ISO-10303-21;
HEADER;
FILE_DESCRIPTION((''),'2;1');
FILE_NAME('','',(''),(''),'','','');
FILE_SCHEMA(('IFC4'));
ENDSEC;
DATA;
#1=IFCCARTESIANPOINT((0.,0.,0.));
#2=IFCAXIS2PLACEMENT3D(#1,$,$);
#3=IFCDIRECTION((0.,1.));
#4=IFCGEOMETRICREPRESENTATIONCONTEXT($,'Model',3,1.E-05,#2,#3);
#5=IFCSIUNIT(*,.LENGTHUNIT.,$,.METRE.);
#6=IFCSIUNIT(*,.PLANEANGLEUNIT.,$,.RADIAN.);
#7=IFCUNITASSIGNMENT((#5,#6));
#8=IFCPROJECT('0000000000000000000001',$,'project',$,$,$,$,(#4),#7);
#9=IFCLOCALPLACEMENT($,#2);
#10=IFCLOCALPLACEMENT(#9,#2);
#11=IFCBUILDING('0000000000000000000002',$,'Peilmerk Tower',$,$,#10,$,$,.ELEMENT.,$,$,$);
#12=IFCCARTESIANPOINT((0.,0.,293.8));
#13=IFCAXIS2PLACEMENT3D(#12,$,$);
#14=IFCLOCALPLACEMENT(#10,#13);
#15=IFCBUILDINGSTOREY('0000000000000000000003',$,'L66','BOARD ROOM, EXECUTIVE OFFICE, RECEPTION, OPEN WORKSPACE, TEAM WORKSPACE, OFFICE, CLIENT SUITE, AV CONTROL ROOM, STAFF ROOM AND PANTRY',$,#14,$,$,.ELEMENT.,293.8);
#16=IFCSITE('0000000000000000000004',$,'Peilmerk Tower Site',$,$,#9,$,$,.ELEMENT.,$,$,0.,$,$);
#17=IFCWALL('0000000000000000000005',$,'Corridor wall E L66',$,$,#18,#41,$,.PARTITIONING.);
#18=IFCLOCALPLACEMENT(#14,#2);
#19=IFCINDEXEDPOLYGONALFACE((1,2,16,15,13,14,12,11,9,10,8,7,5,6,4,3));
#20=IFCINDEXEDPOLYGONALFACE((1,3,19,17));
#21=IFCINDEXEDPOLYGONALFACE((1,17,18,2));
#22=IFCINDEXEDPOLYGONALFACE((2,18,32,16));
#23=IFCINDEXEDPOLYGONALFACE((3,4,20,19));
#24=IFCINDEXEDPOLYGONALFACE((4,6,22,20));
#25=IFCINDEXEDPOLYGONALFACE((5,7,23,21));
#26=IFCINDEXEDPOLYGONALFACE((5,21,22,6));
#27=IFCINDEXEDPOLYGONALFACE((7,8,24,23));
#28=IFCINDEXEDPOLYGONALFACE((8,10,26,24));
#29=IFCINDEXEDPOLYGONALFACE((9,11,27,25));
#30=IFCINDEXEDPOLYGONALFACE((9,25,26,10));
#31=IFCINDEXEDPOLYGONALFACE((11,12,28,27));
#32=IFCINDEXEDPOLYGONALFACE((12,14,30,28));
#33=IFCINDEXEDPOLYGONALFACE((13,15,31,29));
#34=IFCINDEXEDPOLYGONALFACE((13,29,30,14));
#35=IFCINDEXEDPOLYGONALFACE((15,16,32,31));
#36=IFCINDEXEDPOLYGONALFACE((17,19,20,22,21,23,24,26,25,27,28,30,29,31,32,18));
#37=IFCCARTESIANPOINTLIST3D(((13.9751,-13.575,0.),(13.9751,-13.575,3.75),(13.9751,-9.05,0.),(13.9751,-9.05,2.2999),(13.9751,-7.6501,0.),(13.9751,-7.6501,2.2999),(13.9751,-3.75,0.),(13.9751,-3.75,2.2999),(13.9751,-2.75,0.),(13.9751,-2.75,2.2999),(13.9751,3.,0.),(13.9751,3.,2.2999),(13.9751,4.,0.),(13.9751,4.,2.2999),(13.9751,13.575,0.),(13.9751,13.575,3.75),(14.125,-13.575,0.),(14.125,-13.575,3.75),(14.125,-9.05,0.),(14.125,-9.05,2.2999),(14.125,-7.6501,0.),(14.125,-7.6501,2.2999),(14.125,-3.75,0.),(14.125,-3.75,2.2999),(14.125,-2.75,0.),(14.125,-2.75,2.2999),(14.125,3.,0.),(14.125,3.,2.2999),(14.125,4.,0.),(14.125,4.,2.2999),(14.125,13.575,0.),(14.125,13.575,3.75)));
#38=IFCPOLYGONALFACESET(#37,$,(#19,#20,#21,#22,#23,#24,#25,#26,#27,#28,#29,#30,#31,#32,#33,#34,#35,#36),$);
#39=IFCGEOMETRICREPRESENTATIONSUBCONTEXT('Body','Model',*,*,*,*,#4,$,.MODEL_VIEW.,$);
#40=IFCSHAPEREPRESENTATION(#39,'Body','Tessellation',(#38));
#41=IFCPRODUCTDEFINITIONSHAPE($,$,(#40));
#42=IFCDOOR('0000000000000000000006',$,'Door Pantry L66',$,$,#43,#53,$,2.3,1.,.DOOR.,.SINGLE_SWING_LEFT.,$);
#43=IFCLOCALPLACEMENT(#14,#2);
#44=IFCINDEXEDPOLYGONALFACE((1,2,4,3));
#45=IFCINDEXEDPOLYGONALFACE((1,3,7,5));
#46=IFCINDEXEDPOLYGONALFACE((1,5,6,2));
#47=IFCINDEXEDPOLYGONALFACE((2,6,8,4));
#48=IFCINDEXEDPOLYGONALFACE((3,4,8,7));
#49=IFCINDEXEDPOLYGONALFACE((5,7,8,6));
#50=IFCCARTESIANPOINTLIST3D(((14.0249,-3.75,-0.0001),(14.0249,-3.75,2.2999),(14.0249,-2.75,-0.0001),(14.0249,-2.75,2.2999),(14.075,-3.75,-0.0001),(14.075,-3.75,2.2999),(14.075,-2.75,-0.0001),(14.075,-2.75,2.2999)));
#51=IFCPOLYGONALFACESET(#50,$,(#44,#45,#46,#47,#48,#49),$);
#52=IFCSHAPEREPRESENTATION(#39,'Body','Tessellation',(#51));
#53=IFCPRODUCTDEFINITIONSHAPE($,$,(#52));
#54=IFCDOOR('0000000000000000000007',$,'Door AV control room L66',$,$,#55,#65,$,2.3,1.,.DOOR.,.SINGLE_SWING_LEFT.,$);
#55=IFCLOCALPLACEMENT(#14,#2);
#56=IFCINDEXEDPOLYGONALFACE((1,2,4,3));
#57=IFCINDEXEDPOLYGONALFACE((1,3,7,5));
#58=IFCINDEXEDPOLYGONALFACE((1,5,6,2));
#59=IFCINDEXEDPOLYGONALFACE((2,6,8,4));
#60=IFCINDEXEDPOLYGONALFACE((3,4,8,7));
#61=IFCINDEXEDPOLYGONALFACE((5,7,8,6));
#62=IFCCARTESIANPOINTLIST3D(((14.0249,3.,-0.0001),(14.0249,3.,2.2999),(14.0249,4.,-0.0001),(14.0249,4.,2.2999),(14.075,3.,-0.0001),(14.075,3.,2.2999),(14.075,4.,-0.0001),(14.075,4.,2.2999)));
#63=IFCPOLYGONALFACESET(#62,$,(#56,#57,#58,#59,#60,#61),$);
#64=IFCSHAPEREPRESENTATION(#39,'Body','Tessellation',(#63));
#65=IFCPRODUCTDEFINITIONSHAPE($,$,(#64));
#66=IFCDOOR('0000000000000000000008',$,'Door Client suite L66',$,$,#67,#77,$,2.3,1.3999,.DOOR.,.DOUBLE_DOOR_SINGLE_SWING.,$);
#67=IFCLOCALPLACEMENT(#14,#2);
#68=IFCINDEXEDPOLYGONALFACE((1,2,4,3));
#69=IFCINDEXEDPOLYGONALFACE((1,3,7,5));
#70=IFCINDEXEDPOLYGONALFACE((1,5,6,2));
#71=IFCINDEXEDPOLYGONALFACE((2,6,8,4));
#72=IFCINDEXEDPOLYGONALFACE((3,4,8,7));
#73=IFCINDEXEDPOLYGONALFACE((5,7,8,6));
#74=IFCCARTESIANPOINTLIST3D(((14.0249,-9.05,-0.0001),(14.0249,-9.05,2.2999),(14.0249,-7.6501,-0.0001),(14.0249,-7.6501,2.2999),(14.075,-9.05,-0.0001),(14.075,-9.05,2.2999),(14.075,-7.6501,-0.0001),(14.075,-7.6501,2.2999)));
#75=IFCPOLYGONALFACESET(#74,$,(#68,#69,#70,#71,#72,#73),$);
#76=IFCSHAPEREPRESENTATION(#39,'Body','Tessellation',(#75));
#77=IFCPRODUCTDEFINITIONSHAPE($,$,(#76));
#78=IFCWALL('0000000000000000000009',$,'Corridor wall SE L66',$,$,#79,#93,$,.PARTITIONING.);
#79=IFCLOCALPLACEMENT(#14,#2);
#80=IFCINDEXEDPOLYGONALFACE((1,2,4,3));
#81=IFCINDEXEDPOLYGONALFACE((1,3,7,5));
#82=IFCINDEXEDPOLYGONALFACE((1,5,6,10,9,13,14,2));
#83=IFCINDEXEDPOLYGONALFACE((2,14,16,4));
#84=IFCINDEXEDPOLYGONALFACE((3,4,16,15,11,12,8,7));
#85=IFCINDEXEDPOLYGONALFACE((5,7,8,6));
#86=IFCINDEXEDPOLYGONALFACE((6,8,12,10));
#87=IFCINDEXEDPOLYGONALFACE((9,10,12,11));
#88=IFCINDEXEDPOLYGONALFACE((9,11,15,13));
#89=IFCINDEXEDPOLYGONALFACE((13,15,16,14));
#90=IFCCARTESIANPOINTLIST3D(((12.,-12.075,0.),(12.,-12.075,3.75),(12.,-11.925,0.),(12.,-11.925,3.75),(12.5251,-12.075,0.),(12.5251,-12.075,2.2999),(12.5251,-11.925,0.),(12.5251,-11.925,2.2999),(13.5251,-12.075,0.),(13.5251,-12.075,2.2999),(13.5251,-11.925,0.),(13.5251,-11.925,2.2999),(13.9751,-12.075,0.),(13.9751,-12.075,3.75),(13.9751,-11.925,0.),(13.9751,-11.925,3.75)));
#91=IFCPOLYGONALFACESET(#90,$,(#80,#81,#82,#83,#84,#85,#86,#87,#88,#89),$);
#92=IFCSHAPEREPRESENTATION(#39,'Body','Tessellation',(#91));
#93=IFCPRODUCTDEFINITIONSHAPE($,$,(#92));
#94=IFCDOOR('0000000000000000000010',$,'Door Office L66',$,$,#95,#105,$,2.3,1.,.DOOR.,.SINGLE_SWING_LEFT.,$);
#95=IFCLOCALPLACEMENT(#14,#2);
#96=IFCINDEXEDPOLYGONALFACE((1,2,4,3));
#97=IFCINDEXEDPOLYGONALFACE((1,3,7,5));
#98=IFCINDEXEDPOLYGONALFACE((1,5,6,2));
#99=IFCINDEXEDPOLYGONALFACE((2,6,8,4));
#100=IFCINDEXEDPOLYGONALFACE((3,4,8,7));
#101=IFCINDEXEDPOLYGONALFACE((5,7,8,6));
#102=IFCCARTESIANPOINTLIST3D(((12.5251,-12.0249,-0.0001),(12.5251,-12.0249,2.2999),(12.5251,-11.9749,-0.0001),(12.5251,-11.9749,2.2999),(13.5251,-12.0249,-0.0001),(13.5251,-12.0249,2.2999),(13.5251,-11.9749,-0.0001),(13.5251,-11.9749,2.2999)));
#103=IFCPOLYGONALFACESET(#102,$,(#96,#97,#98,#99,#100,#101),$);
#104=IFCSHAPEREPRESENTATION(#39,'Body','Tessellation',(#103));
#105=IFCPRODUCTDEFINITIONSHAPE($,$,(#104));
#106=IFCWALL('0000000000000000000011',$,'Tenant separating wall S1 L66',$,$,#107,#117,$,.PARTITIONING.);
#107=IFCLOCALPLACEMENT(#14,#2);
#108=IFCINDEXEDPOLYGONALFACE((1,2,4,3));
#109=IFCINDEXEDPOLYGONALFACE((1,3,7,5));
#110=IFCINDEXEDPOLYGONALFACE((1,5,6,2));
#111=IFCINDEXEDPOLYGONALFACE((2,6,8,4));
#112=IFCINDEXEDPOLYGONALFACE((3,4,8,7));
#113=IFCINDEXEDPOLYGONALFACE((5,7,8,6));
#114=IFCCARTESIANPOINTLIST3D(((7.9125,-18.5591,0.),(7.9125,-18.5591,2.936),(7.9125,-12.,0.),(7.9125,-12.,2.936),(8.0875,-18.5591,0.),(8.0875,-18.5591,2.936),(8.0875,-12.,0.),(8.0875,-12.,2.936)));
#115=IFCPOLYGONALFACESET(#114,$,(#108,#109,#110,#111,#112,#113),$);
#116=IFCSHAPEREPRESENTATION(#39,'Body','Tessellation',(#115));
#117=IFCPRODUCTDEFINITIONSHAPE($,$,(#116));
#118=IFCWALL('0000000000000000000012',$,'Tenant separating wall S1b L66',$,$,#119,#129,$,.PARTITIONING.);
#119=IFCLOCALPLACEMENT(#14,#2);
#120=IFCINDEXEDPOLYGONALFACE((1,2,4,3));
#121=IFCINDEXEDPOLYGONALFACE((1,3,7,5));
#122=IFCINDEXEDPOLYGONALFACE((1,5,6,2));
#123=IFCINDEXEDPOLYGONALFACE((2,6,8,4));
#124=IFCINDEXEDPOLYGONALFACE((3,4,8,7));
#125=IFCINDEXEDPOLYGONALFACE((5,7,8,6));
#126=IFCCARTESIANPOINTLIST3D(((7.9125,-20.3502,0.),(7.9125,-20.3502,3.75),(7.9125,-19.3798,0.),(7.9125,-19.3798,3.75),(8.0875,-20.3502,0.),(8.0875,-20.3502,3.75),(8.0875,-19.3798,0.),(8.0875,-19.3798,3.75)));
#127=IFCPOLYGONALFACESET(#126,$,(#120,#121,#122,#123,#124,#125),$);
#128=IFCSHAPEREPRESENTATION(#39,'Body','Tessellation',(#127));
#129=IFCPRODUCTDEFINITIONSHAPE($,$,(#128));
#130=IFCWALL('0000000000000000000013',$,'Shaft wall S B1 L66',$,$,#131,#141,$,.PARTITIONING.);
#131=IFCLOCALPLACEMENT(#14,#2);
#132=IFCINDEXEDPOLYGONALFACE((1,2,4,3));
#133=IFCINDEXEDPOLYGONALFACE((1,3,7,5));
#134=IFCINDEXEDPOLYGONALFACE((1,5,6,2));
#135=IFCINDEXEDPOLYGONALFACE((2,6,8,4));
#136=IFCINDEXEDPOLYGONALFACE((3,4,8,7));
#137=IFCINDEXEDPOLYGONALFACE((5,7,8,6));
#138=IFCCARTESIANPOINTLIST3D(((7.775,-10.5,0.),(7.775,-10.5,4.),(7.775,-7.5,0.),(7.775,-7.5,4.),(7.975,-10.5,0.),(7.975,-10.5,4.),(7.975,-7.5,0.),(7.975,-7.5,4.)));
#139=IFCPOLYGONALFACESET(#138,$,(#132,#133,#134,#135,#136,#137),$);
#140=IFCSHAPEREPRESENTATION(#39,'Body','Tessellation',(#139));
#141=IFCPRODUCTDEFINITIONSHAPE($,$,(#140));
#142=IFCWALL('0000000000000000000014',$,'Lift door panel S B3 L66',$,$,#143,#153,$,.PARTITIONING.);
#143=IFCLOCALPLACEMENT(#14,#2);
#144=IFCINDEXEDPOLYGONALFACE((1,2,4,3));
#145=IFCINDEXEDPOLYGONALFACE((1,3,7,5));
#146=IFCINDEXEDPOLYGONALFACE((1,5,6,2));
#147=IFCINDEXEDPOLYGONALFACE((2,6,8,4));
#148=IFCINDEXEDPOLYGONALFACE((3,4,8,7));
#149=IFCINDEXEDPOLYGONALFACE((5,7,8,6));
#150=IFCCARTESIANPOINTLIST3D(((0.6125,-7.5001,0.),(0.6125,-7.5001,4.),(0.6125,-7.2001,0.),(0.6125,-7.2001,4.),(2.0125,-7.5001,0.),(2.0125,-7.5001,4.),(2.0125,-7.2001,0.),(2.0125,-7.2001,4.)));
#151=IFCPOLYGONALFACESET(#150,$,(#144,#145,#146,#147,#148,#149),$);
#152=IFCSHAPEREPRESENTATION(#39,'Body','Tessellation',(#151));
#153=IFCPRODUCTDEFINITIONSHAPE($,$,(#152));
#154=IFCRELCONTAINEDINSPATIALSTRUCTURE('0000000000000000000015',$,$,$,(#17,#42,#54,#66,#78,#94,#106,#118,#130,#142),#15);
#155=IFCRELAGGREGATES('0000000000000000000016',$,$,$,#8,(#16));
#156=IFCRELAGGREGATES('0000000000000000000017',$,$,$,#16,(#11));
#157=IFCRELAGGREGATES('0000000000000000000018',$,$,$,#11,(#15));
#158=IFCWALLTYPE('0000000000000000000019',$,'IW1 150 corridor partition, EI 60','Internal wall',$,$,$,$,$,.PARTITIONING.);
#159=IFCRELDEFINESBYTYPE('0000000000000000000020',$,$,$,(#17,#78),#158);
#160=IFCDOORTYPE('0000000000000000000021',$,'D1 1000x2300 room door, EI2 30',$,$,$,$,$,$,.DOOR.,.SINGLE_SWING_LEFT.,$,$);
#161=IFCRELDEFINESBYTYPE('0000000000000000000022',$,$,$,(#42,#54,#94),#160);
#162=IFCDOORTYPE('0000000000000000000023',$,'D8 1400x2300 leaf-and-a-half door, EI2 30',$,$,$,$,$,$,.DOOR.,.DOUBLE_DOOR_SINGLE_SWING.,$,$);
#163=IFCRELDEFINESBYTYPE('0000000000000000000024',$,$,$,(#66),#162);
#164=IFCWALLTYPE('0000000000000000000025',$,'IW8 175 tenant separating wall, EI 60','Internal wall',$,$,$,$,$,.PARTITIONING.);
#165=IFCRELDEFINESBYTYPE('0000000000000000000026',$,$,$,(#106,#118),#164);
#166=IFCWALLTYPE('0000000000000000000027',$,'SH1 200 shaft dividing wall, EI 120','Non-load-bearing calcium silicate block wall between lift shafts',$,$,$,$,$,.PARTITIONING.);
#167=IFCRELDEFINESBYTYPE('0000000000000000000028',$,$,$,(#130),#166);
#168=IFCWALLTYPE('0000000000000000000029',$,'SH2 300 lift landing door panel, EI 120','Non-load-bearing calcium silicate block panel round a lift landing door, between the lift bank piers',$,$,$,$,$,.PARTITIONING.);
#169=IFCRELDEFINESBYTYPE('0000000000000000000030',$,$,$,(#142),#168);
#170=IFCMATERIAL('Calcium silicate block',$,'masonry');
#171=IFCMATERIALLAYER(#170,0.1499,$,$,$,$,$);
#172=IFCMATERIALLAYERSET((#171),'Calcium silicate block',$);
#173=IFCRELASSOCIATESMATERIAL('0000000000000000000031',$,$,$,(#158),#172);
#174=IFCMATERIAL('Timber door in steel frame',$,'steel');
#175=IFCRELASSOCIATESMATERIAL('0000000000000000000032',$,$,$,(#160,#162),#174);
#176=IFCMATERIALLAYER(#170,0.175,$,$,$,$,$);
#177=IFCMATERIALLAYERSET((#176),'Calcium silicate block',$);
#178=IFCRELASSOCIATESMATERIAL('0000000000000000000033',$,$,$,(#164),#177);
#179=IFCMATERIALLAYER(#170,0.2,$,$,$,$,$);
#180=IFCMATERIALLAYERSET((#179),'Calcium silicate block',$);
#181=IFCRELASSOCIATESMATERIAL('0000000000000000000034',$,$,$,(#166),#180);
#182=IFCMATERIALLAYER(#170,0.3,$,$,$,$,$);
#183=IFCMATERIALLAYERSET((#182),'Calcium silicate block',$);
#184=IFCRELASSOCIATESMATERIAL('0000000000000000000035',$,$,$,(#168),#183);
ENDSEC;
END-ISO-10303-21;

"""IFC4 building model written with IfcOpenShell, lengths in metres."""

from ifc_helpers import new_model, si_unit, direction, frame, frame_2d, origin, place, context, subcontext, project, spatial, rectangle, extrude, material, layer, layer_set, type_object, element, fill, save


model = new_model("IFC4")

# Units and contexts
model_context = context("Model", 3, precision=1e-05, world=origin(), true_north=direction((0.0, 1.0)))
body_context = subcontext(model_context, "Body", "Model", "MODEL_VIEW")
ifc_project = project(units=[si_unit("LENGTHUNIT", "METRE"), si_unit("PLANEANGLEUNIT", "RADIAN")], contexts=[model_context])

# Site, building, storey
site_placement = place(None, origin())
site = spatial("IfcSite", under=ifc_project, at=site_placement, Name="Peilmerk Tower Site", CompositionType="ELEMENT", RefElevation=0.0)
building_placement = place(site_placement, origin())
building = spatial("IfcBuilding", under=site, at=building_placement, Name="Peilmerk Tower", CompositionType="ELEMENT")
storey_placement = place(building_placement, frame((0.0, 0.0, 293.8)))
storey = spatial("IfcBuildingStorey", under=building, at=storey_placement, Name="L66", Description="BOARD ROOM, EXECUTIVE OFFICE, RECEPTION, OPEN WORKSPACE, TEAM WORKSPACE, OFFICE, CLIENT SUITE, AV CONTROL ROOM, STAFF ROOM AND PANTRY", CompositionType="ELEMENT", Elevation=293.8)

# Wall, openings, doors
ifc_material_1 = material(Name="Calcium silicate block", Category="masonry")
ifc_layer_1 = layer(ifc_material_1, 0.1499)
ifc_layer_set_1 = layer_set([ifc_layer_1], Name="Calcium silicate block")
wall_type_1 = type_object("IfcWallType", Name="IW1 150 corridor partition, EI 60", Description="Internal wall", PredefinedType="PARTITIONING", material=ifc_layer_set_1)
wall_1_placement = place(storey_placement, frame((14.05, -13.575, 0.0), z_axis=(0.0, 0.0, 1.0), x_axis=(0.0, 1.0, 0.0)))
wall_1 = element("IfcWall", 1, at=wall_1_placement, inside=storey, type_object=wall_type_1, Name="Corridor wall E L66", PredefinedType="PARTITIONING", context=body_context, shape_type="SweptSolid", body=[
    extrude(rectangle(XDim=27.1499, YDim=0.1499, at=frame_2d((13.575, 0.0))), origin(), (0.0, 0.0, 1.0), 3.75),
])
opening_1_placement = place(wall_1_placement, frame((4.5249, 0.0, 0.0)))
opening_1 = element("IfcOpeningElement", 2, at=opening_1_placement, cuts=wall_1, PredefinedType="OPENING", context=body_context, shape_type="SweptSolid", body=[
    extrude(rectangle(XDim=1.3999, YDim=2.3, at=frame_2d((0.7, 1.1499))), frame((0.0, 0.085, 0.0), z_axis=(0.0, -1.0, 0.0), x_axis=(1.0, 0.0, 0.0)), (0.0, 0.0, 1.0), 0.1699),
])
opening_2_placement = place(wall_1_placement, frame((9.825, 0.0, 0.0)))
opening_2 = element("IfcOpeningElement", 3, at=opening_2_placement, cuts=wall_1, PredefinedType="OPENING", context=body_context, shape_type="SweptSolid", body=[
    extrude(rectangle(XDim=1.0, YDim=2.3, at=frame_2d((0.5, 1.1499))), frame((0.0, 0.085, 0.0), z_axis=(0.0, -1.0, 0.0), x_axis=(1.0, 0.0, 0.0)), (0.0, 0.0, 1.0), 0.1699),
])
opening_3_placement = place(wall_1_placement, frame((16.575, 0.0, 0.0)))
opening_3 = element("IfcOpeningElement", 4, at=opening_3_placement, cuts=wall_1, PredefinedType="OPENING", context=body_context, shape_type="SweptSolid", body=[
    extrude(rectangle(XDim=1.0, YDim=2.3, at=frame_2d((0.5, 1.1499))), frame((0.0, 0.085, 0.0), z_axis=(0.0, -1.0, 0.0), x_axis=(1.0, 0.0, 0.0)), (0.0, 0.0, 1.0), 0.1699),
])
ifc_material_2 = material(Name="Timber door in steel frame", Category="steel")
door_type_1 = type_object("IfcDoorType", Name="D1 1000x2300 room door, EI2 30", OperationType="SINGLE_SWING_LEFT", PredefinedType="DOOR", material=ifc_material_2)
door_1_placement = place(opening_2_placement, frame((1.0, 0.0, 0.0), z_axis=(0.0, 0.0, 1.0), x_axis=(-1.0, 0.0, 0.0)))
door_1 = element("IfcDoor", 5, at=door_1_placement, inside=storey, type_object=door_type_1, Name="Door Pantry L66", OperationType="SINGLE_SWING_LEFT", OverallHeight=2.3, OverallWidth=1.0, PredefinedType="DOOR", context=body_context, shape_type="SweptSolid", body=[
    extrude(rectangle(XDim=1.0, YDim=2.3, at=frame_2d((0.5, 1.1499))), frame((0.0, 0.0249, 0.0), z_axis=(0.0, -1.0, 0.0), x_axis=(1.0, 0.0, 0.0)), (0.0, 0.0, 1.0), 0.05),
])
fill(opening_2, door_1)
door_2_placement = place(opening_3_placement, frame((1.0, 0.0, 0.0), z_axis=(0.0, 0.0, 1.0), x_axis=(-1.0, 0.0, 0.0)))
door_2 = element("IfcDoor", 6, at=door_2_placement, inside=storey, type_object=door_type_1, Name="Door AV control room L66", OperationType="SINGLE_SWING_LEFT", OverallHeight=2.3, OverallWidth=1.0, PredefinedType="DOOR", context=body_context, shape_type="SweptSolid", body=[
    extrude(rectangle(XDim=1.0, YDim=2.3, at=frame_2d((0.5, 1.1499))), frame((0.0, 0.0249, 0.0), z_axis=(0.0, -1.0, 0.0), x_axis=(1.0, 0.0, 0.0)), (0.0, 0.0, 1.0), 0.05),
])
fill(opening_3, door_2)
door_type_2 = type_object("IfcDoorType", Name="D8 1400x2300 leaf-and-a-half door, EI2 30", OperationType="DOUBLE_DOOR_SINGLE_SWING", PredefinedType="DOOR", material=ifc_material_2)
door_3_placement = place(opening_1_placement, frame((1.3999, 0.0, 0.0), z_axis=(0.0, 0.0, 1.0), x_axis=(-1.0, 0.0, 0.0)))
door_3 = element("IfcDoor", 7, at=door_3_placement, inside=storey, type_object=door_type_2, Name="Door Client suite L66", OperationType="DOUBLE_DOOR_SINGLE_SWING", OverallHeight=2.3, OverallWidth=1.3999, PredefinedType="DOOR", context=body_context, shape_type="SweptSolid", body=[
    extrude(rectangle(XDim=1.3999, YDim=2.3, at=frame_2d((0.7, 1.1499))), frame((0.0, 0.0249, 0.0), z_axis=(0.0, -1.0, 0.0), x_axis=(1.0, 0.0, 0.0)), (0.0, 0.0, 1.0), 0.05),
])
fill(opening_1, door_3)

# Wall, opening, door
wall_2_placement = place(storey_placement, frame((13.9751, -12.0, 0.0), z_axis=(0.0, 0.0, 1.0), x_axis=(-1.0, 0.0, 0.0)))
wall_2 = element("IfcWall", 8, at=wall_2_placement, inside=storey, type_object=wall_type_1, Name="Corridor wall SE L66", PredefinedType="PARTITIONING", context=body_context, shape_type="SweptSolid", body=[
    extrude(rectangle(XDim=1.9751, YDim=0.1499, at=frame_2d((0.9875, 0.0))), origin(), (0.0, 0.0, 1.0), 3.75),
])
opening_4_placement = place(wall_2_placement, frame((0.45, 0.0, 0.0)))
opening_4 = element("IfcOpeningElement", 9, at=opening_4_placement, cuts=wall_2, PredefinedType="OPENING", context=body_context, shape_type="SweptSolid", body=[
    extrude(rectangle(XDim=1.0, YDim=2.3, at=frame_2d((0.5, 1.1499))), frame((0.0, 0.085, 0.0), z_axis=(0.0, -1.0, 0.0), x_axis=(1.0, 0.0, 0.0)), (0.0, 0.0, 1.0), 0.1699),
])
door_4_placement = place(opening_4_placement, origin())
door_4 = element("IfcDoor", 10, at=door_4_placement, inside=storey, type_object=door_type_1, Name="Door Office L66", OperationType="SINGLE_SWING_LEFT", OverallHeight=2.3, OverallWidth=1.0, PredefinedType="DOOR", context=body_context, shape_type="SweptSolid", body=[
    extrude(rectangle(XDim=1.0, YDim=2.3, at=frame_2d((0.5, 1.1499))), frame((0.0, 0.0249, 0.0), z_axis=(0.0, -1.0, 0.0), x_axis=(1.0, 0.0, 0.0)), (0.0, 0.0, 1.0), 0.05),
])
fill(opening_4, door_4)

# Walls
ifc_layer_2 = layer(ifc_material_1, 0.175)
ifc_layer_set_2 = layer_set([ifc_layer_2], Name="Calcium silicate block")
wall_type_2 = type_object("IfcWallType", Name="IW8 175 tenant separating wall, EI 60", Description="Internal wall", PredefinedType="PARTITIONING", material=ifc_layer_set_2)
wall_3_placement = place(storey_placement, frame((8.0, -12.0, 0.0), z_axis=(0.0, 0.0, 1.0), x_axis=(0.0, -1.0, 0.0)))
element("IfcWall", 11, at=wall_3_placement, inside=storey, type_object=wall_type_2, Name="Tenant separating wall S1 L66", PredefinedType="PARTITIONING", context=body_context, shape_type="SweptSolid", body=[
    extrude(rectangle(XDim=6.5591, YDim=0.175, at=frame_2d((3.2795, 0.0))), origin(), (0.0, 0.0, 1.0), 2.936),
])
wall_4_placement = place(storey_placement, frame((8.0, -19.3796, 0.0), z_axis=(0.0, 0.0, 1.0), x_axis=(0.0, -1.0, 0.0)))
element("IfcWall", 12, at=wall_4_placement, inside=storey, type_object=wall_type_2, Name="Tenant separating wall S1b L66", PredefinedType="PARTITIONING", context=body_context, shape_type="SweptSolid", body=[
    extrude(rectangle(XDim=0.9705, YDim=0.175, at=frame_2d((0.4854, 0.0))), origin(), (0.0, 0.0, 1.0), 3.75),
])
ifc_layer_3 = layer(ifc_material_1, 0.2)
ifc_layer_set_3 = layer_set([ifc_layer_3], Name="Calcium silicate block")
wall_type_3 = type_object("IfcWallType", Name="SH1 200 shaft dividing wall, EI 120", Description="Non-load-bearing calcium silicate block wall between lift shafts", PredefinedType="PARTITIONING", material=ifc_layer_set_3)
wall_5_placement = place(storey_placement, frame((7.875, -10.5, 0.0), z_axis=(0.0, 0.0, 1.0), x_axis=(0.0, 1.0, 0.0)))
element("IfcWall", 13, at=wall_5_placement, inside=storey, type_object=wall_type_3, Name="Shaft wall S B1 L66", PredefinedType="PARTITIONING", context=body_context, shape_type="SweptSolid", body=[
    extrude(rectangle(XDim=3.0, YDim=0.2, at=frame_2d((1.5, 0.0))), origin(), (0.0, 0.0, 1.0), 4.0),
])
ifc_layer_4 = layer(ifc_material_1, 0.3)
ifc_layer_set_4 = layer_set([ifc_layer_4], Name="Calcium silicate block")
wall_type_4 = type_object("IfcWallType", Name="SH2 300 lift landing door panel, EI 120", Description="Non-load-bearing calcium silicate block panel round a lift landing door, between the lift bank piers", PredefinedType="PARTITIONING", material=ifc_layer_set_4)
wall_6_placement = place(storey_placement, frame((0.6125, -7.3501, 0.0), z_axis=(0.0, 0.0, 1.0), x_axis=(1.0, 0.0, 0.0)))
element("IfcWall", 14, at=wall_6_placement, inside=storey, type_object=wall_type_4, Name="Lift door panel S B3 L66", PredefinedType="PARTITIONING", context=body_context, shape_type="SweptSolid", body=[
    extrude(rectangle(XDim=1.3999, YDim=0.3, at=frame_2d((0.7, 0.0))), origin(), (0.0, 0.0, 1.0), 4.0),
])

save(model, "model.ifc")
